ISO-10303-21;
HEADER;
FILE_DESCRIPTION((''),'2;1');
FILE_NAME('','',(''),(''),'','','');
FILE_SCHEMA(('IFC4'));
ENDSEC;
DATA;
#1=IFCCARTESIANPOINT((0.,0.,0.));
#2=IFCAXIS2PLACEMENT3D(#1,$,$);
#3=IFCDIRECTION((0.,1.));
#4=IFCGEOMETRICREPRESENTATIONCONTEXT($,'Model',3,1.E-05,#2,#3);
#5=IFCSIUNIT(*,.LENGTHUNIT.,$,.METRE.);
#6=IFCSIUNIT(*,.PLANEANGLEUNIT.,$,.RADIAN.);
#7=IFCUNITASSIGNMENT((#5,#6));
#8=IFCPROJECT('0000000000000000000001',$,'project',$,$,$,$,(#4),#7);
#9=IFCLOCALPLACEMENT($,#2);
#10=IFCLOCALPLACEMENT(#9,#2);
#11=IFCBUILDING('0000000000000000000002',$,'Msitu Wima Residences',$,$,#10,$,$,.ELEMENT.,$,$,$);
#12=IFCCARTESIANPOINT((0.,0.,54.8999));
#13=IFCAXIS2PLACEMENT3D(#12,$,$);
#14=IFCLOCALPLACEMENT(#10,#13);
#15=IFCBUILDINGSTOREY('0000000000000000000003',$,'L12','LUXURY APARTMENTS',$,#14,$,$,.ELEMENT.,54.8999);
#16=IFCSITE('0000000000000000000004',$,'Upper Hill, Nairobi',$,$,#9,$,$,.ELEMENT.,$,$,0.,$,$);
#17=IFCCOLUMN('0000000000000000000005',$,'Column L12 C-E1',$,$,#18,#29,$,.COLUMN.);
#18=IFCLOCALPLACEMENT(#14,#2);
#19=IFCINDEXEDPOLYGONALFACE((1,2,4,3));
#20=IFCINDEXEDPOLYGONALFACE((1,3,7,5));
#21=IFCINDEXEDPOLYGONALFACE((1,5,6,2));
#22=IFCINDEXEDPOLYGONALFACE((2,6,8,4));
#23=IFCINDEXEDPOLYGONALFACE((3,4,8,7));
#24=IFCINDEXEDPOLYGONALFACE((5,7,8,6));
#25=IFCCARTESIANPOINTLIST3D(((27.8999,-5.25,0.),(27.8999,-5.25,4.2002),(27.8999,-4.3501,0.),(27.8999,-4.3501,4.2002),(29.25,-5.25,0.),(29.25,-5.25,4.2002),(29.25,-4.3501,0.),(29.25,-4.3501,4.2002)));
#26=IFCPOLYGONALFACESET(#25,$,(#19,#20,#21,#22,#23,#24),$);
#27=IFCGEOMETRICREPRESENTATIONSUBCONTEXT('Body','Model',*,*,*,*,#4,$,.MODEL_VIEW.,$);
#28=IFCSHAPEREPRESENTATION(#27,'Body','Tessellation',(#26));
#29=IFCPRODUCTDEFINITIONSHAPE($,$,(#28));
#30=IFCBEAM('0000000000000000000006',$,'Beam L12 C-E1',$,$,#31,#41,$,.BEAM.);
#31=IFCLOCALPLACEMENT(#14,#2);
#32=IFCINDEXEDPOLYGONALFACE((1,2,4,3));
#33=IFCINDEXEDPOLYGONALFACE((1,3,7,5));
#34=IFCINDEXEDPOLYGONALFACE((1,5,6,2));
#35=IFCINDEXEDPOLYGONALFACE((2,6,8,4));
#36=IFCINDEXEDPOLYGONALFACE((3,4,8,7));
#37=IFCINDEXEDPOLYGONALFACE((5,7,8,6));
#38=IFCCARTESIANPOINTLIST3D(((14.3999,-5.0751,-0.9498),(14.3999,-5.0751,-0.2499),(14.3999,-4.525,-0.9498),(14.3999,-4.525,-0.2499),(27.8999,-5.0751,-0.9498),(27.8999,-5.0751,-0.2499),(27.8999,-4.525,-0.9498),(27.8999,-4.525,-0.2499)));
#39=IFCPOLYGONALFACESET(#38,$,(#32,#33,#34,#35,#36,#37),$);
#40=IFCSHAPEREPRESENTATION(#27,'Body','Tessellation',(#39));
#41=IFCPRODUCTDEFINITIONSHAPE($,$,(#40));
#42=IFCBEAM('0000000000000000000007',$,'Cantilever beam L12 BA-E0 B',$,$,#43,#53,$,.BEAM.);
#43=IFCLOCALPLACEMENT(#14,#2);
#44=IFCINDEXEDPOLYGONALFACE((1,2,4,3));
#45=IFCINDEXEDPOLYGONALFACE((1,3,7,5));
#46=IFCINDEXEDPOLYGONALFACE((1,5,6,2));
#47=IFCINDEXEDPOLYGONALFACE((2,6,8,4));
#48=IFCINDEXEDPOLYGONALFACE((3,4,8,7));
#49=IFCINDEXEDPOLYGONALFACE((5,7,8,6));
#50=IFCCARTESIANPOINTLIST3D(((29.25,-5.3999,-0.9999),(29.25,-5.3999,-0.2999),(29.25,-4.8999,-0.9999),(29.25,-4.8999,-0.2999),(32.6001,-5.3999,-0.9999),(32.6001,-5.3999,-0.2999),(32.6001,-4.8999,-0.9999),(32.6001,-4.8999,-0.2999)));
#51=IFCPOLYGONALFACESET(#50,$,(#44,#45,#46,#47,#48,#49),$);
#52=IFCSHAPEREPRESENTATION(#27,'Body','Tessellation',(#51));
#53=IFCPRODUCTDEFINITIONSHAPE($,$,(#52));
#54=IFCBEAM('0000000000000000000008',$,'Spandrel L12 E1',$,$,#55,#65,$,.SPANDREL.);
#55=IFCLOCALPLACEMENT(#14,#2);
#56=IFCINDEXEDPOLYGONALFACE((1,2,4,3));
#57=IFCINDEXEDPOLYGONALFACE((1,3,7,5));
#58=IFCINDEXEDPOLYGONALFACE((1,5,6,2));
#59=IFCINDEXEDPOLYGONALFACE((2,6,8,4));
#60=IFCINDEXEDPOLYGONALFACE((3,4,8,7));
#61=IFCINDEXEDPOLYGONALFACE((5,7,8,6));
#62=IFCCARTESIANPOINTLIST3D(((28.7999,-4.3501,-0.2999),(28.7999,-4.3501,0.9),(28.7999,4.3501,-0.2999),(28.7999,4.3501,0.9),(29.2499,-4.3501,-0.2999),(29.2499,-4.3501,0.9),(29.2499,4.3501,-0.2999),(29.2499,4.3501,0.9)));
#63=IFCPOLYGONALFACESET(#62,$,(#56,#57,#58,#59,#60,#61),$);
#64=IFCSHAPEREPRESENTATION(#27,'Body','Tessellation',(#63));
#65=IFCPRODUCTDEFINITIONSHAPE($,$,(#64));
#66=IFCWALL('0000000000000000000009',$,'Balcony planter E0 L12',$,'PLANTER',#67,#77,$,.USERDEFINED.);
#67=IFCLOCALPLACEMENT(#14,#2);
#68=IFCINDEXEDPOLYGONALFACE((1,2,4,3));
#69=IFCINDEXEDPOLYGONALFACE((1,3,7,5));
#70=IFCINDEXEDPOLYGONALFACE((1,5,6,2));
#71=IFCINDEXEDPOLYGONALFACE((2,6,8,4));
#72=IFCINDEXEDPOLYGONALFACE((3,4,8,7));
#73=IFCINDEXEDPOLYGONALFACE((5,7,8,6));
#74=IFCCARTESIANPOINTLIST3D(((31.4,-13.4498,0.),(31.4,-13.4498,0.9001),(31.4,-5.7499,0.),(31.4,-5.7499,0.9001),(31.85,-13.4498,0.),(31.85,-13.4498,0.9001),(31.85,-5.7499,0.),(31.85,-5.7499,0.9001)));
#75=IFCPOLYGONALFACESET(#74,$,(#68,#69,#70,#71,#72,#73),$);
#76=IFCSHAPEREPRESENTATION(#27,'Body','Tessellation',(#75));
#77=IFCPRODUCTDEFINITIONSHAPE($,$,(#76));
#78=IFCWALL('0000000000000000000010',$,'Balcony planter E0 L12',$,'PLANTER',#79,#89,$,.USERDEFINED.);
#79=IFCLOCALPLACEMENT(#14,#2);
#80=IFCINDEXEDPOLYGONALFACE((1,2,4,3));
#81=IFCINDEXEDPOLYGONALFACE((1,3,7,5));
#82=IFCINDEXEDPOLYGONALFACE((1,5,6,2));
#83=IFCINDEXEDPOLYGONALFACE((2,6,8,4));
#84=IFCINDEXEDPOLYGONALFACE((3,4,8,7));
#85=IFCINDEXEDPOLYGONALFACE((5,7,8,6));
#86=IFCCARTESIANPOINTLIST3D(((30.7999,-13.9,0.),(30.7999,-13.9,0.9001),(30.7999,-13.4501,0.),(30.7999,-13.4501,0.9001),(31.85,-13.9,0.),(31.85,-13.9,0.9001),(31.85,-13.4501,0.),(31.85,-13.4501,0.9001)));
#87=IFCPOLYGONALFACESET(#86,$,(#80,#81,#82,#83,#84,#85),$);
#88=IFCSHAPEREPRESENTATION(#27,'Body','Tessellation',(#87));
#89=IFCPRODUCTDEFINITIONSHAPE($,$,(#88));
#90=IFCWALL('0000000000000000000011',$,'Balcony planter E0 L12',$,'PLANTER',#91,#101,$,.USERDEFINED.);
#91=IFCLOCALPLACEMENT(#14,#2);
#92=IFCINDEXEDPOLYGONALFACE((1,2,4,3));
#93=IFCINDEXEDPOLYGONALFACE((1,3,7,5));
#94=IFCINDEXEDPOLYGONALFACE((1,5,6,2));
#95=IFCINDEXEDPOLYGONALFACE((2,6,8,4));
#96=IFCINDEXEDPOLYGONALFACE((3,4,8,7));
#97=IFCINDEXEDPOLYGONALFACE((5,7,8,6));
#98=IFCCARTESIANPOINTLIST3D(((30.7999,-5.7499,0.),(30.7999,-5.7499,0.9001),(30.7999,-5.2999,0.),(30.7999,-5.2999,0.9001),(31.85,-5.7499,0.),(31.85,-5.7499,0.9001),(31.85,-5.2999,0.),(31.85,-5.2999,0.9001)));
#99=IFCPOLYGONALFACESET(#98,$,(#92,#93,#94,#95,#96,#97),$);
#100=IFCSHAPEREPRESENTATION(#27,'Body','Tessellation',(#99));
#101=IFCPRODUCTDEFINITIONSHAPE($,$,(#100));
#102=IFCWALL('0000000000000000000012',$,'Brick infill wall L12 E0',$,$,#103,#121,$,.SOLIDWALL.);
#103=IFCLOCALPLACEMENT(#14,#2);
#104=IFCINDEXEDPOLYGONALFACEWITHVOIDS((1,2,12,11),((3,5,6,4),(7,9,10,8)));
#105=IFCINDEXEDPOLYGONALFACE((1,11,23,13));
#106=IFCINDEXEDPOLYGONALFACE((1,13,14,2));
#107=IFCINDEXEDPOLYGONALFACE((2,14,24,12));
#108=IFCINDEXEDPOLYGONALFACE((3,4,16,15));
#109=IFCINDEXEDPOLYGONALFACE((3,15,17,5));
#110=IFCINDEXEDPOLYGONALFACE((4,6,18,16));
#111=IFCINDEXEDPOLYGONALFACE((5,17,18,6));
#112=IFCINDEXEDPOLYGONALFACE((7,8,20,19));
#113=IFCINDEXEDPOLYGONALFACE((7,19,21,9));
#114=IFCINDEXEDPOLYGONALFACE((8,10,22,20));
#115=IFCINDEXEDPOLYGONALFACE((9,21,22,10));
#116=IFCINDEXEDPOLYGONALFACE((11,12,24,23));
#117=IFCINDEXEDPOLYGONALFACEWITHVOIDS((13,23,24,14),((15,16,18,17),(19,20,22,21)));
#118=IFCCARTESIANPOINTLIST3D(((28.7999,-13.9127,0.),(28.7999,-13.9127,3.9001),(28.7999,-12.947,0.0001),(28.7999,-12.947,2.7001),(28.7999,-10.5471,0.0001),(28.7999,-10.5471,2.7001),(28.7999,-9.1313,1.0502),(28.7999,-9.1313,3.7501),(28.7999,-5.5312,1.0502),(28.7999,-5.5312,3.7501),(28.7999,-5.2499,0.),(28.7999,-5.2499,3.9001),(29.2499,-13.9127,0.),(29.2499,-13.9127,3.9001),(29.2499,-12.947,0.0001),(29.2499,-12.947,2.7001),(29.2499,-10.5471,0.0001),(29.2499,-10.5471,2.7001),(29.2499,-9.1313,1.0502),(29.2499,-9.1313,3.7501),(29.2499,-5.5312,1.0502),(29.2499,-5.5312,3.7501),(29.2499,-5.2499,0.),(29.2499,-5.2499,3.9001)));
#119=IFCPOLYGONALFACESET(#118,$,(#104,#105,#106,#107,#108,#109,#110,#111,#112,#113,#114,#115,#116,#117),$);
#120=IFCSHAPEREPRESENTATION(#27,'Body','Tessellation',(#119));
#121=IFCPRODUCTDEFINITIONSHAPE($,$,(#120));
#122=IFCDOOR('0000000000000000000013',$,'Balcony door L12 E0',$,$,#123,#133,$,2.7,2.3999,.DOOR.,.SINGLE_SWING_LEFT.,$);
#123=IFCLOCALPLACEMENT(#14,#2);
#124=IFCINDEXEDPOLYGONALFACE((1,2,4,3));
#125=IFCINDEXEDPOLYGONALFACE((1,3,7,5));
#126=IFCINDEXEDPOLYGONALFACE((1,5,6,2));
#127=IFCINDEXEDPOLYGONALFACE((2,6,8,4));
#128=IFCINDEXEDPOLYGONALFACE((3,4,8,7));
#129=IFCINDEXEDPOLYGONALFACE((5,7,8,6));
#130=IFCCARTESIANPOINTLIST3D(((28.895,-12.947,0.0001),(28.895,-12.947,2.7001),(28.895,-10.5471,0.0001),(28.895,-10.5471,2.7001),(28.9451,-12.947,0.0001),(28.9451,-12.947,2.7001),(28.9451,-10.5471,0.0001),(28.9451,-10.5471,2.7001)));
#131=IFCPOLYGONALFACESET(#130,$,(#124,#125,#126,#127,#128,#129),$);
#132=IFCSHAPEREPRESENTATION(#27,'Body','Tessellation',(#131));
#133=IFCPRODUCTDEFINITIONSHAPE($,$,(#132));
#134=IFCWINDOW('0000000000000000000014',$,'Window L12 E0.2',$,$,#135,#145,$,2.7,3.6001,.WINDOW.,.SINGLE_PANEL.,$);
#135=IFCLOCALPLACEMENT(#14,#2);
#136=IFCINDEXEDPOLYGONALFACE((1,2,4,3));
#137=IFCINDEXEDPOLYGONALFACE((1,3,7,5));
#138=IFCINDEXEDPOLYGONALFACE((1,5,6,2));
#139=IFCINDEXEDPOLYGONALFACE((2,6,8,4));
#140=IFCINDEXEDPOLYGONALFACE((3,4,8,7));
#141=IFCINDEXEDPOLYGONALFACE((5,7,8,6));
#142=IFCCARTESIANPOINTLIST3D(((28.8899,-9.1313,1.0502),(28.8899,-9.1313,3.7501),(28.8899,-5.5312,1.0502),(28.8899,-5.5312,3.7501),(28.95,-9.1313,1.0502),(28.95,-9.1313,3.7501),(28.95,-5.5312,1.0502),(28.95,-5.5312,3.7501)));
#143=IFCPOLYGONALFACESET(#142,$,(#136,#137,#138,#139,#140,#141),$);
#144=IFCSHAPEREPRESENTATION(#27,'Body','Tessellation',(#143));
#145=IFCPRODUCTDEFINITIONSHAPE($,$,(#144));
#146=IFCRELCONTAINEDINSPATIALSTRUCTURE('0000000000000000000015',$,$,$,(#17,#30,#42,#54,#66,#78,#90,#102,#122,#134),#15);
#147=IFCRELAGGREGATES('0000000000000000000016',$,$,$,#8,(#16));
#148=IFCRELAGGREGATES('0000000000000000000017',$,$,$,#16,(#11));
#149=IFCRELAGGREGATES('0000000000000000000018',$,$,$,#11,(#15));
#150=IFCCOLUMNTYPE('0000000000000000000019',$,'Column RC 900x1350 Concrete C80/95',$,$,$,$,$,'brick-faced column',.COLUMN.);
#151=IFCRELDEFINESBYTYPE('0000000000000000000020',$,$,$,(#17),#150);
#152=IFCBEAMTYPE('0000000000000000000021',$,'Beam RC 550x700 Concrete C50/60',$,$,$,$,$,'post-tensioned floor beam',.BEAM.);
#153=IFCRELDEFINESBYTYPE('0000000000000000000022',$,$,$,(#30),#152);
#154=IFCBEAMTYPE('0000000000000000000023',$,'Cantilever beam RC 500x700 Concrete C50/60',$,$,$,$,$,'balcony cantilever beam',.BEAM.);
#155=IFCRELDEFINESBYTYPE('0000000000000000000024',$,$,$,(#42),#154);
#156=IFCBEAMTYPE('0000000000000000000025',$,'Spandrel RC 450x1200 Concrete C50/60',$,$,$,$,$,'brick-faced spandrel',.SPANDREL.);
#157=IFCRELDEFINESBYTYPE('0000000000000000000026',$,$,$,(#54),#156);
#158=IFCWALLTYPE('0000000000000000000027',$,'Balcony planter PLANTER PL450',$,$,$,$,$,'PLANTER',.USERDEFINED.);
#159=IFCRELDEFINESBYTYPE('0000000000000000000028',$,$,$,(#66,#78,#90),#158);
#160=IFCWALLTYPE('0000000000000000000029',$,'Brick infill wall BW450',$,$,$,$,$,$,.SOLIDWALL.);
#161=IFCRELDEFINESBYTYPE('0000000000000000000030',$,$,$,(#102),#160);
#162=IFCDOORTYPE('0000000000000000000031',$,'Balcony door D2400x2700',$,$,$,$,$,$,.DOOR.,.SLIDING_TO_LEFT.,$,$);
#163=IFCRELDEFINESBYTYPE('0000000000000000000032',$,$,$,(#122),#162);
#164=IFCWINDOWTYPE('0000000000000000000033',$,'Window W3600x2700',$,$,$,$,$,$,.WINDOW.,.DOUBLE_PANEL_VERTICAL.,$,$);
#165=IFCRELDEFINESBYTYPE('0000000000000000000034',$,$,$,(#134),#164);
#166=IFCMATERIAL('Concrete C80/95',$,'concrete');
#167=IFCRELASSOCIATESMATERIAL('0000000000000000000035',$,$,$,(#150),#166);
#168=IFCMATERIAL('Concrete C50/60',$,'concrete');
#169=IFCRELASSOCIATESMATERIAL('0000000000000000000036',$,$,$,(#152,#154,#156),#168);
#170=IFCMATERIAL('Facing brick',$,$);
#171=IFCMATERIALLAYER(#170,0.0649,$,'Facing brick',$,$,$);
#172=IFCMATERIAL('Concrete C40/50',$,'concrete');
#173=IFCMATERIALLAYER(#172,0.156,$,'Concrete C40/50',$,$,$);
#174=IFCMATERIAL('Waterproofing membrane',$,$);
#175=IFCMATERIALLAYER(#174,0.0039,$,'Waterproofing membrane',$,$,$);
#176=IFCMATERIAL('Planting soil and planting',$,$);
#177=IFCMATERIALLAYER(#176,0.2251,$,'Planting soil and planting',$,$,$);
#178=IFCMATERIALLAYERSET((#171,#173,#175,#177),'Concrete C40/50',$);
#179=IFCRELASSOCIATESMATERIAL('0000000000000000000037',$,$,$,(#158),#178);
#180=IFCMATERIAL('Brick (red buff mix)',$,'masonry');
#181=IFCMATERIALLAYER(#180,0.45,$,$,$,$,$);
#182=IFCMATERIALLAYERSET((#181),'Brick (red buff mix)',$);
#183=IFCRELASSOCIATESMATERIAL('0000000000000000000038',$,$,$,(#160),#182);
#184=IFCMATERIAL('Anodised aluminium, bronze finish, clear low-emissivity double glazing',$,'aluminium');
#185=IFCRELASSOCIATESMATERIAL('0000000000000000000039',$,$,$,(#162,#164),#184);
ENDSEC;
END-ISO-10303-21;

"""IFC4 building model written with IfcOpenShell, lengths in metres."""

from ifc_helpers import new_model, si_unit, direction, frame, frame_2d, origin, origin_2d, place, context, subcontext, project, spatial, rectangle, extrude, material, layer, layer_set, material_profile, profile_set, type_object, element, fill, save


model = new_model("IFC4")

# Units and contexts
model_context = context("Model", 3, precision=1e-05, world=origin(), true_north=direction((0.0, 1.0)))
body_context = subcontext(model_context, "Body", "Model", "MODEL_VIEW")
ifc_project = project(units=[si_unit("LENGTHUNIT", "METRE"), si_unit("PLANEANGLEUNIT", "RADIAN")], contexts=[model_context])

# Site, building, storey
site_placement = place(None, origin())
site = spatial("IfcSite", under=ifc_project, at=site_placement, Name="Upper Hill, Nairobi", CompositionType="ELEMENT", RefElevation=0.0)
building_placement = place(site_placement, origin())
building = spatial("IfcBuilding", under=site, at=building_placement, Name="Msitu Wima Residences", CompositionType="ELEMENT")
storey_placement = place(building_placement, frame((0.0, 0.0, 54.8999)))
storey = spatial("IfcBuildingStorey", under=building, at=storey_placement, Name="L12", Description="LUXURY APARTMENTS", CompositionType="ELEMENT", Elevation=54.8999)

# Column
ifc_material_1 = material(Name="Concrete C80/95", Category="concrete")
ifc_material_profile_1 = material_profile(ifc_material_1, rectangle(XDim=0.8999, YDim=1.3501, at=origin_2d()), Name="RC 900x1350")
ifc_profile_set_1 = profile_set([ifc_material_profile_1], Name="Concrete C80/95")
column_type = type_object("IfcColumnType", Name="Column RC 900x1350 Concrete C80/95", ElementType="brick-faced column", PredefinedType="COLUMN", material=ifc_profile_set_1)
column_placement = place(storey_placement, frame((28.575, -4.8, 0.0), z_axis=(0.0, 0.0, 1.0), x_axis=(0.0, 1.0, 0.0)))
element("IfcColumn", 1, at=column_placement, inside=storey, type_object=column_type, Name="Column L12 C-E1", PredefinedType="COLUMN", context=body_context, shape_type="SweptSolid", body=[
    extrude(rectangle(XDim=0.8999, YDim=1.3501, at=origin_2d()), origin(), (0.0, 0.0, 1.0), 4.2002),
])

# Beams
ifc_material_2 = material(Name="Concrete C50/60", Category="concrete")
ifc_material_profile_2 = material_profile(ifc_material_2, rectangle(XDim=0.55, YDim=0.7, at=origin_2d()), Name="RC 550x700")
ifc_profile_set_2 = profile_set([ifc_material_profile_2], Name="Concrete C50/60")
beam_type_1 = type_object("IfcBeamType", Name="Beam RC 550x700 Concrete C50/60", ElementType="post-tensioned floor beam", PredefinedType="BEAM", material=ifc_profile_set_2)
beam_1_placement = place(storey_placement, frame((27.8999, -4.8, -0.5999), z_axis=(-1.0, 0.0, 0.0), x_axis=(0.0, -1.0, 0.0)))
element("IfcBeam", 2, at=beam_1_placement, inside=storey, type_object=beam_type_1, Name="Beam L12 C-E1", PredefinedType="BEAM", context=body_context, shape_type="SweptSolid", body=[
    extrude(rectangle(XDim=0.55, YDim=0.7, at=origin_2d()), origin(), (0.0, 0.0, 1.0), 13.5),
])
ifc_material_profile_3 = material_profile(ifc_material_2, rectangle(XDim=0.5, YDim=0.7, at=origin_2d()), Name="RC 500x700")
ifc_profile_set_3 = profile_set([ifc_material_profile_3], Name="Concrete C50/60")
beam_type_2 = type_object("IfcBeamType", Name="Cantilever beam RC 500x700 Concrete C50/60", ElementType="balcony cantilever beam", PredefinedType="BEAM", material=ifc_profile_set_3)
beam_2_placement = place(storey_placement, frame((29.25, -5.1499, -0.6499), z_axis=(1.0, 0.0, 0.0), x_axis=(0.0, 1.0, 0.0)))
element("IfcBeam", 3, at=beam_2_placement, inside=storey, type_object=beam_type_2, Name="Cantilever beam L12 BA-E0 B", PredefinedType="BEAM", context=body_context, shape_type="SweptSolid", body=[
    extrude(rectangle(XDim=0.5, YDim=0.7, at=origin_2d()), origin(), (0.0, 0.0, 1.0), 3.3501),
])
ifc_material_profile_4 = material_profile(ifc_material_2, rectangle(XDim=0.45, YDim=1.2, at=origin_2d()), Name="RC 450x1200")
ifc_profile_set_4 = profile_set([ifc_material_profile_4], Name="Concrete C50/60")
beam_type_3 = type_object("IfcBeamType", Name="Spandrel RC 450x1200 Concrete C50/60", ElementType="brick-faced spandrel", PredefinedType="SPANDREL", material=ifc_profile_set_4)
beam_3_placement = place(storey_placement, frame((29.0249, -4.3501, 0.3), z_axis=(0.0, 1.0, 0.0), x_axis=(-1.0, 0.0, 0.0)))
element("IfcBeam", 4, at=beam_3_placement, inside=storey, type_object=beam_type_3, Name="Spandrel L12 E1", PredefinedType="SPANDREL", context=body_context, shape_type="SweptSolid", body=[
    extrude(rectangle(XDim=0.45, YDim=1.2, at=origin_2d()), origin(), (0.0, 0.0, 1.0), 8.7002),
])

# Walls
ifc_material_3 = material(Name="Facing brick")
ifc_layer_1 = layer(ifc_material_3, 0.0649, Name="Facing brick")
ifc_material_4 = material(Name="Concrete C40/50", Category="concrete")
ifc_layer_2 = layer(ifc_material_4, 0.156, Name="Concrete C40/50")
ifc_material_5 = material(Name="Waterproofing membrane")
ifc_layer_3 = layer(ifc_material_5, 0.0039, Name="Waterproofing membrane")
ifc_material_6 = material(Name="Planting soil and planting")
ifc_layer_4 = layer(ifc_material_6, 0.2251, Name="Planting soil and planting")
ifc_layer_set_1 = layer_set([ifc_layer_1, ifc_layer_2, ifc_layer_3, ifc_layer_4], Name="Concrete C40/50")
wall_type_1 = type_object("IfcWallType", Name="Balcony planter PLANTER PL450", ElementType="PLANTER", PredefinedType="USERDEFINED", material=ifc_layer_set_1)
wall_1_placement = place(storey_placement, frame((31.625, -13.45, 0.0), z_axis=(0.0, 0.0, 1.0), x_axis=(0.0, 1.0, 0.0)))
element("IfcWall", 5, at=wall_1_placement, inside=storey, type_object=wall_type_1, Name="Balcony planter E0 L12", ObjectType="PLANTER", PredefinedType="USERDEFINED", context=body_context, shape_type="SweptSolid", body=[
    extrude(rectangle(XDim=7.7, YDim=0.45, at=frame_2d((3.8501, 0.0))), origin(), (0.0, 0.0, 1.0), 0.9001),
])
for number, where, z_axis, x_axis, name in (
    (6, (30.8, -13.675, 0.0), (0.0, 0.0, 1.0), (1.0, 0.0, 0.0), "Balcony planter E0 L12"),
    (7, (30.8, -5.5249, 0.0), (0.0, 0.0, 1.0), (1.0, 0.0, 0.0), "Balcony planter E0 L12"),
):
    element("IfcWall", number, at=place(storey_placement, frame(where, z_axis=z_axis, x_axis=x_axis)), inside=storey, type_object=wall_type_1, Name=name, ObjectType="PLANTER", PredefinedType="USERDEFINED", context=body_context, shape_type="SweptSolid", body=[
        extrude(rectangle(XDim=1.05, YDim=0.45, at=frame_2d((0.5249, 0.0))), origin(), (0.0, 0.0, 1.0), 0.9001),
    ])

# Wall, openings, door, window
ifc_material_7 = material(Name="Brick (red buff mix)", Category="masonry")
ifc_layer_5 = layer(ifc_material_7, 0.45)
ifc_layer_set_2 = layer_set([ifc_layer_5], Name="Brick (red buff mix)")
wall_type_2 = type_object("IfcWallType", Name="Brick infill wall BW450", PredefinedType="SOLIDWALL", material=ifc_layer_set_2)
wall_2_placement = place(storey_placement, frame((29.0249, -13.9128, 0.0), z_axis=(0.0, 0.0, 1.0), x_axis=(0.0, 1.0, 0.0)))
wall_2 = element("IfcWall", 8, at=wall_2_placement, inside=storey, type_object=wall_type_2, Name="Brick infill wall L12 E0", PredefinedType="SOLIDWALL", context=body_context, shape_type="SweptSolid", body=[
    extrude(rectangle(XDim=8.6628, YDim=0.45, at=frame_2d((4.3315, 0.0))), origin(), (0.0, 0.0, 1.0), 3.9001),
])
opening_1_placement = place(wall_2_placement, frame((0.9658, 0.0, 0.0)))
opening_1 = element("IfcOpeningElement", 9, at=opening_1_placement, cuts=wall_2, PredefinedType="OPENING", context=body_context, shape_type="SweptSolid", body=[
    extrude(rectangle(XDim=2.3999, YDim=2.7, at=frame_2d((1.2, 1.3501))), frame((0.0, 0.2349, 0.0), z_axis=(0.0, -1.0, 0.0), x_axis=(1.0, 0.0, 0.0)), (0.0, 0.0, 1.0), 0.47),
])
opening_2_placement = place(wall_2_placement, frame((4.7815, 0.0, 1.05)))
opening_2 = element("IfcOpeningElement", 10, at=opening_2_placement, cuts=wall_2, PredefinedType="OPENING", context=body_context, shape_type="SweptSolid", body=[
    extrude(rectangle(XDim=3.6001, YDim=2.7, at=frame_2d((1.8, 1.3501))), frame((0.0, 0.2349, 0.0), z_axis=(0.0, -1.0, 0.0), x_axis=(1.0, 0.0, 0.0)), (0.0, 0.0, 1.0), 0.47),
])
ifc_material_8 = material(Name="Anodised aluminium, bronze finish, clear low-emissivity double glazing", Category="aluminium")
door_type_1 = type_object("IfcDoorType", Name="Balcony door D2400x2700", OperationType="SLIDING_TO_LEFT", PredefinedType="DOOR", material=ifc_material_8)
door_1_placement = place(opening_1_placement, origin())
door_1 = element("IfcDoor", 11, at=door_1_placement, inside=storey, type_object=door_type_1, Name="Balcony door L12 E0", OperationType="SINGLE_SWING_LEFT", OverallHeight=2.7, OverallWidth=2.3999, PredefinedType="DOOR", context=body_context, shape_type="SweptSolid", body=[
    extrude(rectangle(XDim=2.3999, YDim=2.7, at=frame_2d((1.2, 1.3501))), frame((0.0, 0.1299, 0.0), z_axis=(0.0, -1.0, 0.0), x_axis=(1.0, 0.0, 0.0)), (0.0, 0.0, 1.0), 0.05),
])
fill(opening_1, door_1)
window_type = type_object("IfcWindowType", Name="Window W3600x2700", PartitioningType="DOUBLE_PANEL_VERTICAL", PredefinedType="WINDOW", material=ifc_material_8)
window_1_placement = place(opening_2_placement, origin())
window_1 = element("IfcWindow", 12, at=window_1_placement, inside=storey, type_object=window_type, Name="Window L12 E0.2", OverallHeight=2.7, OverallWidth=3.6001, PartitioningType="SINGLE_PANEL", PredefinedType="WINDOW", context=body_context, shape_type="SweptSolid", body=[
    extrude(rectangle(XDim=3.6001, YDim=2.7, at=frame_2d((1.8, 1.3501))), frame((0.0, 0.135, 0.0), z_axis=(0.0, -1.0, 0.0), x_axis=(1.0, 0.0, 0.0)), (0.0, 0.0, 1.0), 0.0601),
])
fill(opening_2, window_1)

save(model, "model.ifc")
